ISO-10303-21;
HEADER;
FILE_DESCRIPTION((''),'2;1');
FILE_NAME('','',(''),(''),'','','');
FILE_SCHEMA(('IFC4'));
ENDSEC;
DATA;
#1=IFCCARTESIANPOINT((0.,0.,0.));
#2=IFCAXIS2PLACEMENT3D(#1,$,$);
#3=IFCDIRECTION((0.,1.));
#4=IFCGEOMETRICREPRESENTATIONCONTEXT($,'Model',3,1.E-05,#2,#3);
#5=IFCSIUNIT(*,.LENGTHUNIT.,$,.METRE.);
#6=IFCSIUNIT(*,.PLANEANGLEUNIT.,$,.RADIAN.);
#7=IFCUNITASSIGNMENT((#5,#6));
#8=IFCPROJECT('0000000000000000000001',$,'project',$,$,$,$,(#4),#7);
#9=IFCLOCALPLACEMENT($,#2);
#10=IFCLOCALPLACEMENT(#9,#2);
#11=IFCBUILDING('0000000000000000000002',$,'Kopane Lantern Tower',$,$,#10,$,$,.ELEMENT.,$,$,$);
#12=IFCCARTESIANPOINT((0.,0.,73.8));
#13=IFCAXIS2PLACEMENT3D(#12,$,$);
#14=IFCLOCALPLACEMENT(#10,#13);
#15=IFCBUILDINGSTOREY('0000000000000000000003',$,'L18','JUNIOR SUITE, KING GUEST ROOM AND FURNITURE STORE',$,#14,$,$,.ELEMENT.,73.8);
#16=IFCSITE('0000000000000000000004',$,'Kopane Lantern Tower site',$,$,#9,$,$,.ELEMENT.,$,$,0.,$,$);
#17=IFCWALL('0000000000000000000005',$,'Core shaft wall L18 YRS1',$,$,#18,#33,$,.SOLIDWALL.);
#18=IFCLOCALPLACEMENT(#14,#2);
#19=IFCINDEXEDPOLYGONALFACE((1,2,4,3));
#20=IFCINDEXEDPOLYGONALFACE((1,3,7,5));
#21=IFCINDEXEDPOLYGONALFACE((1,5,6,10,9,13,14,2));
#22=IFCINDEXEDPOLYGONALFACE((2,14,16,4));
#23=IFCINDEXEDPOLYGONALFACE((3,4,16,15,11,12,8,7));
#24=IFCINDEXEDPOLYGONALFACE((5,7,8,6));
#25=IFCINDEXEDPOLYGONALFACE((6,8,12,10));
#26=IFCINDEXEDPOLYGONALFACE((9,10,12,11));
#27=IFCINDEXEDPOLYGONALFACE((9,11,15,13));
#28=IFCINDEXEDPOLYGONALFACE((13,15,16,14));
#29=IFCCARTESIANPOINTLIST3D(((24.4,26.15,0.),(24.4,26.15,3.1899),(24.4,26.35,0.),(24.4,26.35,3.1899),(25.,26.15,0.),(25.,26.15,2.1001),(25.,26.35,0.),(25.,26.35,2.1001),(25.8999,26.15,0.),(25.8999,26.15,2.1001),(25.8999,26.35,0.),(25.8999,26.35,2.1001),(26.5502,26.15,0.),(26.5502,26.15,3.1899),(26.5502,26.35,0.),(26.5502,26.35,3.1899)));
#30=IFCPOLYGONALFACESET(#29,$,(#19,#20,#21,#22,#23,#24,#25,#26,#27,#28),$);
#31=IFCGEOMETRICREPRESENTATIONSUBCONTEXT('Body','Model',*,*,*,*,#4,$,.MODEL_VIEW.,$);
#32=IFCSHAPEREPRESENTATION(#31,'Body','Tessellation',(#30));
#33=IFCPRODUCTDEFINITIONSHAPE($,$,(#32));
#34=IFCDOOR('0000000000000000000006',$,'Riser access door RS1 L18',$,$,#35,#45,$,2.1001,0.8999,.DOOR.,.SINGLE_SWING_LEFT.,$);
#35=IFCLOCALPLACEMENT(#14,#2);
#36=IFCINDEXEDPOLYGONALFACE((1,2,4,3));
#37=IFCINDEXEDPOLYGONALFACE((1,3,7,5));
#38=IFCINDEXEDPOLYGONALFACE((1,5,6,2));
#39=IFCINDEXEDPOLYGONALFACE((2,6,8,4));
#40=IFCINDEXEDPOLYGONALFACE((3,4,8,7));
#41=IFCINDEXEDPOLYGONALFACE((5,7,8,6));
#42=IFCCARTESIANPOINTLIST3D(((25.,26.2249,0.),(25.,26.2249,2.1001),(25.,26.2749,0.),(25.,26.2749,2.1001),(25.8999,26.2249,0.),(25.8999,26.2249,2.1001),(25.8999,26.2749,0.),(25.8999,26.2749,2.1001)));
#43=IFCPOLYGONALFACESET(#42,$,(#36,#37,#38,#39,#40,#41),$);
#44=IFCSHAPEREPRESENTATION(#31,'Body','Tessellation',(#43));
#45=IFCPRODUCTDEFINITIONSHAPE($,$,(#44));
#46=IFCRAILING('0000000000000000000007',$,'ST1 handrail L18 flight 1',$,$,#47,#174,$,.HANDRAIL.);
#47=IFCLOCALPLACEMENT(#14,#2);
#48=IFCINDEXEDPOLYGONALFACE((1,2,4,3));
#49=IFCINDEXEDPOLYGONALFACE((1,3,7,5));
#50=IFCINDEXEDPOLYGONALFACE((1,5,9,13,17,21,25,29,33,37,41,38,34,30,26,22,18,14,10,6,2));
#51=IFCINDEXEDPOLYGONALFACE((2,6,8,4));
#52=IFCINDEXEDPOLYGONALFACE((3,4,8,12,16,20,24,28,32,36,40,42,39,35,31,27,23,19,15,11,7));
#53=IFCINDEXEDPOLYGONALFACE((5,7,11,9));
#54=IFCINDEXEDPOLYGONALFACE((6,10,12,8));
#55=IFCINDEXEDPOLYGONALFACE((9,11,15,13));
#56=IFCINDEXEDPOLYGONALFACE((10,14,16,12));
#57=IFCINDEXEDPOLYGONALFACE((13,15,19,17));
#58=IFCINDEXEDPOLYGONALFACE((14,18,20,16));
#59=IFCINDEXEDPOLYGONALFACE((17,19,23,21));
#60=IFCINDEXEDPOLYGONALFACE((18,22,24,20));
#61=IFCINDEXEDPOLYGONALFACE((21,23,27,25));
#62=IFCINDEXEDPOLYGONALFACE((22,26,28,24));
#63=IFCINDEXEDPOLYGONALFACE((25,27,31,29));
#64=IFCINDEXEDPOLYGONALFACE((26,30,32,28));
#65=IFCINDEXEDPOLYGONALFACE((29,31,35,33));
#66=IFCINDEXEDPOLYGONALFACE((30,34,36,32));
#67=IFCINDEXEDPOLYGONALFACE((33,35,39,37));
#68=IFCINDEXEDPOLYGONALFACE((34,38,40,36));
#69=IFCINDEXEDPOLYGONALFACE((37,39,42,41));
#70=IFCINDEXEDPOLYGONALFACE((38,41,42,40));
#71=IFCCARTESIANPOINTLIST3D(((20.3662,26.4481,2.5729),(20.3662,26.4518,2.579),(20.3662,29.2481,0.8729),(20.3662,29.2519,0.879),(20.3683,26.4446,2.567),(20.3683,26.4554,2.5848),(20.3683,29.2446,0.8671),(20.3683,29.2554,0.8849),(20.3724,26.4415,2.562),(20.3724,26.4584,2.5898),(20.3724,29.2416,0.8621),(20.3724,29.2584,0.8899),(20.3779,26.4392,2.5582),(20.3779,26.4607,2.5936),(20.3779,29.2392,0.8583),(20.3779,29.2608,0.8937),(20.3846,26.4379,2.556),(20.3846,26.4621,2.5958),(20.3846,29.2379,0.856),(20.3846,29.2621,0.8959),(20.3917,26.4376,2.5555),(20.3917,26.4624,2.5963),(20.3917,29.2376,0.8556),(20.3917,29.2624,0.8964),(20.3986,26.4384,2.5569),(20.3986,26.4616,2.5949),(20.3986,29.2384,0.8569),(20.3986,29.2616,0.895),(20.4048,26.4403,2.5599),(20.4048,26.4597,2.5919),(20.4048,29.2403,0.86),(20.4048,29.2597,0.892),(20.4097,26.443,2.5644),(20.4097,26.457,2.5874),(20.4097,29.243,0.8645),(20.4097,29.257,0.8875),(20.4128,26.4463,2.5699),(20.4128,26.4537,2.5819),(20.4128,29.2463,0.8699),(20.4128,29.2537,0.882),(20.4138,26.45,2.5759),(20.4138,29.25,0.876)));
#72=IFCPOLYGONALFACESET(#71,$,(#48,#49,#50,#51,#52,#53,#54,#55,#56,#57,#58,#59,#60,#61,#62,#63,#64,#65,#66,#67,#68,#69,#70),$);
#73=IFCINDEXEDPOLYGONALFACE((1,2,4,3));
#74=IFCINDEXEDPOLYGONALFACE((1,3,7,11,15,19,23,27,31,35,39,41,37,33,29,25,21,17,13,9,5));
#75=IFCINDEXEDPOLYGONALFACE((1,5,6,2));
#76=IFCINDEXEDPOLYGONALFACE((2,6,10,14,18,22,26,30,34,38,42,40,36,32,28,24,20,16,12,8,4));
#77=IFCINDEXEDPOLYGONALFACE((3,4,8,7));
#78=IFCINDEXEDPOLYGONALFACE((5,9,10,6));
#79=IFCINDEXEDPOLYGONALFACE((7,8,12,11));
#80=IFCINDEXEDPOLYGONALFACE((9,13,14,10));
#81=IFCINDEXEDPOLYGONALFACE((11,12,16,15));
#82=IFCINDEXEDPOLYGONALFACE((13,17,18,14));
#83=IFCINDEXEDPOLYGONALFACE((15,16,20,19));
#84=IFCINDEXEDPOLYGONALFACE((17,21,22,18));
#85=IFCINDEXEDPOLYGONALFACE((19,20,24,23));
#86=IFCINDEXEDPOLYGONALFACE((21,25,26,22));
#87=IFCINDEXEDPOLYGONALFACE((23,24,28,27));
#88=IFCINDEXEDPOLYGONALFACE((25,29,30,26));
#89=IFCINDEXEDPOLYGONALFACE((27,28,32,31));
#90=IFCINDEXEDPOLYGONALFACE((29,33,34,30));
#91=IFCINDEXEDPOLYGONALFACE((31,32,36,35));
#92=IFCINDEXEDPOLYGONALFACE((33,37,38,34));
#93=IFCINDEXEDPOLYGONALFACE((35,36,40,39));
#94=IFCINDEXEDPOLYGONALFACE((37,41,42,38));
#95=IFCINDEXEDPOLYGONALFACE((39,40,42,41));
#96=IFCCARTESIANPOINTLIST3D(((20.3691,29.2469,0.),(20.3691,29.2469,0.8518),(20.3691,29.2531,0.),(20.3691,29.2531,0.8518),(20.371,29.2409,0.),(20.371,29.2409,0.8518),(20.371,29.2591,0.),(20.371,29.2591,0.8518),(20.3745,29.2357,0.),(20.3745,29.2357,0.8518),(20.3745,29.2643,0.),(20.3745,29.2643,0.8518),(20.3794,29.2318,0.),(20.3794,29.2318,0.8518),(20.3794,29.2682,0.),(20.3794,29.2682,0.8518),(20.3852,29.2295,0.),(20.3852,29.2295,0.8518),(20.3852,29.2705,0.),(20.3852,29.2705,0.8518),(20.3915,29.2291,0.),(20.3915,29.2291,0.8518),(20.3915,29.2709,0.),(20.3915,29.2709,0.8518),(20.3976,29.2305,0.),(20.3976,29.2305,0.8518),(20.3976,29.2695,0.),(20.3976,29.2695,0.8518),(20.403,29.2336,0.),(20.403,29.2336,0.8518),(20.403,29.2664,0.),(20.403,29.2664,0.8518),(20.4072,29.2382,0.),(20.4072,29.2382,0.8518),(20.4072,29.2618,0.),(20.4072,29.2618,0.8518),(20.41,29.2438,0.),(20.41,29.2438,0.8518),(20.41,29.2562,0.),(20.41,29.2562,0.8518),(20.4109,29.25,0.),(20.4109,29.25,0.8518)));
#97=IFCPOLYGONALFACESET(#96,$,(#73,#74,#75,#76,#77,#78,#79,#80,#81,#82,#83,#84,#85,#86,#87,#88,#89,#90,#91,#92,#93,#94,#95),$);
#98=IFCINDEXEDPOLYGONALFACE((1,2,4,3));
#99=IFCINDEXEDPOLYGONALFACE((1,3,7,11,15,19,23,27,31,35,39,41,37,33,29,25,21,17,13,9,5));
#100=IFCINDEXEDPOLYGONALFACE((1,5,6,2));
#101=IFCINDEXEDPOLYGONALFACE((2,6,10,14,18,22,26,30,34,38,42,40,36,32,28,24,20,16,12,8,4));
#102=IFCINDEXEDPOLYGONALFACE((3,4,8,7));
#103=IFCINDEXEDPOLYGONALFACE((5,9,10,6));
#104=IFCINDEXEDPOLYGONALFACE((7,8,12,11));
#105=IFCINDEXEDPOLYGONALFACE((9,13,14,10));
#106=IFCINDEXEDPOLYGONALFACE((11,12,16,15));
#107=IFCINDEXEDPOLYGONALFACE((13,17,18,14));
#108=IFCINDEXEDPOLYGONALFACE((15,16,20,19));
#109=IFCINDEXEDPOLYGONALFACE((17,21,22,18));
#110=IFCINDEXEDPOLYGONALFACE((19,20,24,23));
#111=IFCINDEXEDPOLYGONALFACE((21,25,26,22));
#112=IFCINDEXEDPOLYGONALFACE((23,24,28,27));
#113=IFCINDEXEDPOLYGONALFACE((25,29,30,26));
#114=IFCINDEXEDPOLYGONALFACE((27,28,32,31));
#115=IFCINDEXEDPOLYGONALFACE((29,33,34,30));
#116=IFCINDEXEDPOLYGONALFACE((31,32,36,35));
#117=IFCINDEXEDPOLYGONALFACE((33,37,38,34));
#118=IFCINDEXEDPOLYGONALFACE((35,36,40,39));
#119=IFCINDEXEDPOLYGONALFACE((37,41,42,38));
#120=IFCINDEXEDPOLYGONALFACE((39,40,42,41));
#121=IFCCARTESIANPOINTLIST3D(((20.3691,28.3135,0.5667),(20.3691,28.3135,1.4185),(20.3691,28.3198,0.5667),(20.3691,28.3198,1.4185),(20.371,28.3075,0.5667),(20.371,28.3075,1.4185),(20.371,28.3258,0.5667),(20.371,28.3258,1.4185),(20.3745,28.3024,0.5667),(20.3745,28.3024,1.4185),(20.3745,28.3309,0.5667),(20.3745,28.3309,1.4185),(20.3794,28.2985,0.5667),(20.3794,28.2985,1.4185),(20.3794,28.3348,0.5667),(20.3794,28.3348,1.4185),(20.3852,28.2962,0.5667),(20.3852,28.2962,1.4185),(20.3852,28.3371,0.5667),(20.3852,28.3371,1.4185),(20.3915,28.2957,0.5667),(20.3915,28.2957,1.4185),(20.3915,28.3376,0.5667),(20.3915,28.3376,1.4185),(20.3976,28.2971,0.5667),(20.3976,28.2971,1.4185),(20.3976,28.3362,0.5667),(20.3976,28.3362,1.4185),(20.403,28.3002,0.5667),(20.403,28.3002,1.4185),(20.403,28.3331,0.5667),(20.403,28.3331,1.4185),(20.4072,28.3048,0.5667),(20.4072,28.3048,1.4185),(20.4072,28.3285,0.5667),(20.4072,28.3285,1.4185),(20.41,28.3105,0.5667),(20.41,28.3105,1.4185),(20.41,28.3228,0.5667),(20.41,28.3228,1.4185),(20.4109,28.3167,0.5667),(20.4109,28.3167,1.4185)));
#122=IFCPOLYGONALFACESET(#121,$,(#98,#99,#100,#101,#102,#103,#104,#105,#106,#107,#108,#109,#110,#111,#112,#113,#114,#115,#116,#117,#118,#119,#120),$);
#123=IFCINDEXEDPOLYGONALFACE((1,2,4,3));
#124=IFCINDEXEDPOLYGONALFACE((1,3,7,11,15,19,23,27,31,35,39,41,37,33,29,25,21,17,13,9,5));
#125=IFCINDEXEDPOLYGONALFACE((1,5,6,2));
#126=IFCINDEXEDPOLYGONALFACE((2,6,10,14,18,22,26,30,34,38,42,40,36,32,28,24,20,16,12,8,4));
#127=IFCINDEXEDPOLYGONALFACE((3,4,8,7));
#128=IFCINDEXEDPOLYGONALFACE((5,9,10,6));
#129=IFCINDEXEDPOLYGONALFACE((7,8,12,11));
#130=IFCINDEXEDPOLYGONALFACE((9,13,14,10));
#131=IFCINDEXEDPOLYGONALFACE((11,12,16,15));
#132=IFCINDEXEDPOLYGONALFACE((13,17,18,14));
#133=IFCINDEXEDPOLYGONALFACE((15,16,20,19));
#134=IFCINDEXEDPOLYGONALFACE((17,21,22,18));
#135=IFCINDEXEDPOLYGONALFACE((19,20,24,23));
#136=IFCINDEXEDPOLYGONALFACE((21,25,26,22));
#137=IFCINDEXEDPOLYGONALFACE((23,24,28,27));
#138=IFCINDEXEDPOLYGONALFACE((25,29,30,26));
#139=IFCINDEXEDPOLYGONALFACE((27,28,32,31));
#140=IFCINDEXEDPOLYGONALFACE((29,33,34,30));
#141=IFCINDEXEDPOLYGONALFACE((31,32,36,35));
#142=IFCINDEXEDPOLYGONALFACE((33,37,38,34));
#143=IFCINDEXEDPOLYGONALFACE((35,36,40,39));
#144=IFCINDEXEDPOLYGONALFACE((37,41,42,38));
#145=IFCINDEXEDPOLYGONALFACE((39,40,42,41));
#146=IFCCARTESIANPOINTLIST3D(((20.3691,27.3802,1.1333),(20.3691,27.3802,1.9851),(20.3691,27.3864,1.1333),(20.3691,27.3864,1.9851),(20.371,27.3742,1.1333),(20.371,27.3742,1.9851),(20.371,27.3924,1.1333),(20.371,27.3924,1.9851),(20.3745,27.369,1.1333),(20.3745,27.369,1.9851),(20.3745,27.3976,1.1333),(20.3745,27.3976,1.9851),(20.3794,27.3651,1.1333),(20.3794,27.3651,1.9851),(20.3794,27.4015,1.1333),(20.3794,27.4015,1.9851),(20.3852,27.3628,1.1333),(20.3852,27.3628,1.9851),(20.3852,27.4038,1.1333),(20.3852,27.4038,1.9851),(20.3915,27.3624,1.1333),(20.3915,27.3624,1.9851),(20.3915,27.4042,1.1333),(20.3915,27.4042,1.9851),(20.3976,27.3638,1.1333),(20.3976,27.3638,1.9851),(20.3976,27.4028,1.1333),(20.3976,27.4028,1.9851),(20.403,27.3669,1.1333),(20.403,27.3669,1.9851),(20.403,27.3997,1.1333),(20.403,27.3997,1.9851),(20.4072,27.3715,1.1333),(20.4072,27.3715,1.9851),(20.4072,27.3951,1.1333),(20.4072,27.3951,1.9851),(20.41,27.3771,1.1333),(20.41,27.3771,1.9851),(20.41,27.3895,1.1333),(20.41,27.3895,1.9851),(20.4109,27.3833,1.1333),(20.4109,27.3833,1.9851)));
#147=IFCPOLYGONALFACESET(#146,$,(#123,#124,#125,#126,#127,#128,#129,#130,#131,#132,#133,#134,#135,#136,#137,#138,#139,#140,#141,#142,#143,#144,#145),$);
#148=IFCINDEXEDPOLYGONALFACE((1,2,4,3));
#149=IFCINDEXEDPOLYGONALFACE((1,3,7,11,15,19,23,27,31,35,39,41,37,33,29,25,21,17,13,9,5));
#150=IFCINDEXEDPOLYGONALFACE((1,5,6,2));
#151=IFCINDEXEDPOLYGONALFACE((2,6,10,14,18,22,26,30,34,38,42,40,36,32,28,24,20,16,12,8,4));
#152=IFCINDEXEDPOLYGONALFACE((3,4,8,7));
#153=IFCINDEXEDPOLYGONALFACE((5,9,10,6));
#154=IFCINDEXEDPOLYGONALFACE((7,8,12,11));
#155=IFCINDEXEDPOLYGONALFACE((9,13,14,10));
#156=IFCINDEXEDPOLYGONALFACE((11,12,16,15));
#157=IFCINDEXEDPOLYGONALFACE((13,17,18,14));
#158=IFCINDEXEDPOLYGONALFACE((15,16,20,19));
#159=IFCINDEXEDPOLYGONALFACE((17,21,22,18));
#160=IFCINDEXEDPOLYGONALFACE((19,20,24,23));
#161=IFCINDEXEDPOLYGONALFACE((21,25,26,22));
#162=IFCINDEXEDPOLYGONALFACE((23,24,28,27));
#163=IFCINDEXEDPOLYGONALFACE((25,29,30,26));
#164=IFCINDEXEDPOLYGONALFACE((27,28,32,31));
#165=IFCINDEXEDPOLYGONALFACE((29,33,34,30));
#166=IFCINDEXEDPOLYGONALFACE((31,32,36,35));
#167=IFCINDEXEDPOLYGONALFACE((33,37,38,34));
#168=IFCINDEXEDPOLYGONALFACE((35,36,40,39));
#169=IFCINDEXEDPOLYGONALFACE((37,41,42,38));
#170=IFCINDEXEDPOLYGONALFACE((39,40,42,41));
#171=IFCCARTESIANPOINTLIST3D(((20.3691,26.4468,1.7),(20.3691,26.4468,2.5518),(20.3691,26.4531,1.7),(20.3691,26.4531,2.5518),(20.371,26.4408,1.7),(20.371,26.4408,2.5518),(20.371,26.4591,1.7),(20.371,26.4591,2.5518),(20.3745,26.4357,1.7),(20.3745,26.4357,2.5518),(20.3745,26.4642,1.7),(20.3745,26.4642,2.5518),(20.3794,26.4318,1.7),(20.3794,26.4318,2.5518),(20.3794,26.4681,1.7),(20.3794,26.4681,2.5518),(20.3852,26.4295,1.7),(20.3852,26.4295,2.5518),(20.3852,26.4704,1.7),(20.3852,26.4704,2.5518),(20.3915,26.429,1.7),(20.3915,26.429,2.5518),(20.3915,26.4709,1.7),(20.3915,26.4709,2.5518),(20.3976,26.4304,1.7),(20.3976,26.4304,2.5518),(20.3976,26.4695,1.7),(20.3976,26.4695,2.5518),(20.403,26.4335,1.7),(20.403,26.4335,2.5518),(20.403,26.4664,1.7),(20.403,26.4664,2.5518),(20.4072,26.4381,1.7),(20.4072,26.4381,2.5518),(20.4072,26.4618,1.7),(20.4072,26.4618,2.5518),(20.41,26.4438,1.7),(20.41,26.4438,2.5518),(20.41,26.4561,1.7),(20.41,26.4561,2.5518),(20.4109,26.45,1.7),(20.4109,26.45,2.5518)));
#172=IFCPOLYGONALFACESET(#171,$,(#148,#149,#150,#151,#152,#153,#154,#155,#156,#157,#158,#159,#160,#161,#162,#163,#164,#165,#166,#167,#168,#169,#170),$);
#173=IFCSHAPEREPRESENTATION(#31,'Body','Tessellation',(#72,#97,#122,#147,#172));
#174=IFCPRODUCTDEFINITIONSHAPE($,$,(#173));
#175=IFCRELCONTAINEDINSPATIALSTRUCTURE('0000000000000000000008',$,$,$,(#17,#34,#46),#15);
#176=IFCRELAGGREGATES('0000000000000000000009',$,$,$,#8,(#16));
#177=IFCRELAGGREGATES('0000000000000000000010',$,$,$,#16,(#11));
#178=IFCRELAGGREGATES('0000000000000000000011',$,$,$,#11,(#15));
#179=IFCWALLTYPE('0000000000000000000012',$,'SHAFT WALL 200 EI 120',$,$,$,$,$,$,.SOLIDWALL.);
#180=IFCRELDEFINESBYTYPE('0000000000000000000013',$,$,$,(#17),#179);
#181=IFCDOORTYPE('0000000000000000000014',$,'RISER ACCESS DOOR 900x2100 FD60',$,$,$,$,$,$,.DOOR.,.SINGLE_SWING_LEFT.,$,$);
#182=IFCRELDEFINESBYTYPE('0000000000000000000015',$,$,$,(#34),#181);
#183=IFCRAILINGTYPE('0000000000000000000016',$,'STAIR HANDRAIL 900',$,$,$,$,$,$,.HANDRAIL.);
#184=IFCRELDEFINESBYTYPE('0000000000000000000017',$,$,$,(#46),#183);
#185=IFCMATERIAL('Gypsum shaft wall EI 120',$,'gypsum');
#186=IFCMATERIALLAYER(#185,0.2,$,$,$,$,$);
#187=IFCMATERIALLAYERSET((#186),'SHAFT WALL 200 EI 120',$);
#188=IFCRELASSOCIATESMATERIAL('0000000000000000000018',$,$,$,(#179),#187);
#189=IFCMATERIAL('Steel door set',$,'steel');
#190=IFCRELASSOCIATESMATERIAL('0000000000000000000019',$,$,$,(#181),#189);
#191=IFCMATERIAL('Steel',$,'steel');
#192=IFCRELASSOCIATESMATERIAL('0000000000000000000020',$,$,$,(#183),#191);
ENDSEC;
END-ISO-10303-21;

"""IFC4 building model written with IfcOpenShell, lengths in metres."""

from ifc_helpers import new_model, si_unit, direction, frame, frame_2d, origin, origin_2d, place, context, subcontext, project, spatial, rectangle, circle, extrude, material, layer, layer_set, type_object, element, fill, save


model = new_model("IFC4")

# Units and contexts
model_context = context("Model", 3, precision=1e-05, world=origin(), true_north=direction((0.0, 1.0)))
body_context = subcontext(model_context, "Body", "Model", "MODEL_VIEW")
ifc_project = project(units=[si_unit("LENGTHUNIT", "METRE"), si_unit("PLANEANGLEUNIT", "RADIAN")], contexts=[model_context])

# Site, building, storey
site_placement = place(None, origin())
site = spatial("IfcSite", under=ifc_project, at=site_placement, Name="Kopane Lantern Tower site", CompositionType="ELEMENT", RefElevation=0.0)
building_placement = place(site_placement, origin())
building = spatial("IfcBuilding", under=site, at=building_placement, Name="Kopane Lantern Tower", CompositionType="ELEMENT")
storey_placement = place(building_placement, frame((0.0, 0.0, 73.8)))
storey = spatial("IfcBuildingStorey", under=building, at=storey_placement, Name="L18", Description="JUNIOR SUITE, KING GUEST ROOM AND FURNITURE STORE", CompositionType="ELEMENT", Elevation=73.8)

# Shared definitions
ifc_material_1 = material(Name="Gypsum shaft wall EI 120", Category="gypsum")
ifc_layer_1 = layer(ifc_material_1, 0.2)
ifc_layer_set_1 = layer_set([ifc_layer_1], Name="SHAFT WALL 200 EI 120")
wall_type_1 = type_object("IfcWallType", Name="SHAFT WALL 200 EI 120", PredefinedType="SOLIDWALL", material=ifc_layer_set_1)

# Wall, opening, door
wall_1_placement = place(storey_placement, frame((24.3999, 26.25, 0.0), z_axis=(0.0, 0.0, 1.0), x_axis=(1.0, 0.0, 0.0)))
wall_1 = element("IfcWall", 1, at=wall_1_placement, inside=storey, type_object=wall_type_1, Name="Core shaft wall L18 YRS1", PredefinedType="SOLIDWALL", context=body_context, shape_type="SweptSolid", body=[
    extrude(rectangle(XDim=2.1501, YDim=0.2, at=frame_2d((1.0752, 0.0))), origin(), (0.0, 0.0, 1.0), 3.1899),
])
opening_1_placement = place(wall_1_placement, frame((0.6001, 0.0, 0.0)))
opening_1 = element("IfcOpeningElement", 2, at=opening_1_placement, cuts=wall_1, PredefinedType="OPENING", context=body_context, shape_type="SweptSolid", body=[
    extrude(rectangle(XDim=0.8999, YDim=2.1001, at=frame_2d((0.45, 1.05))), frame((0.0, 0.1099, 0.0), z_axis=(0.0, -1.0, 0.0), x_axis=(1.0, 0.0, 0.0)), (0.0, 0.0, 1.0), 0.22),
])
ifc_material_2 = material(Name="Steel door set", Category="steel")
door_type_1 = type_object("IfcDoorType", Name="RISER ACCESS DOOR 900x2100 FD60", OperationType="SINGLE_SWING_LEFT", PredefinedType="DOOR", material=ifc_material_2)
door_1_placement = place(opening_1_placement, origin())
door_1 = element("IfcDoor", 3, at=door_1_placement, inside=storey, type_object=door_type_1, Name="Riser access door RS1 L18", OperationType="SINGLE_SWING_LEFT", OverallHeight=2.1001, OverallWidth=0.8999, PredefinedType="DOOR", context=body_context, shape_type="SweptSolid", body=[
    extrude(rectangle(XDim=0.8999, YDim=2.1001, at=frame_2d((0.45, 1.05))), frame((0.0, 0.0249, 0.0), z_axis=(0.0, -1.0, 0.0), x_axis=(1.0, 0.0, 0.0)), (0.0, 0.0, 1.0), 0.05),
])
fill(opening_1, door_1)

# Railing
ifc_material_3 = material(Name="Steel", Category="steel")
railing_type_1 = type_object("IfcRailingType", Name="STAIR HANDRAIL 900", PredefinedType="HANDRAIL", material=ifc_material_3)
for number, where, name in (
    (4, (20.3899, 29.25, 0.0), "ST1 handrail L18 flight 1"),
):
    element("IfcRailing", number, at=place(storey_placement, frame(where)), inside=storey, type_object=railing_type_1, Name=name, PredefinedType="HANDRAIL", context=body_context, shape_type="SweptSolid", body=[
        extrude(circle(Radius=0.0239, at=origin_2d()), frame((0.0, 0.0, 0.876), z_axis=(0.0, -0.854798, 0.518961), x_axis=(1.0, 0.0, 0.0)), (0.0, 0.0, 1.0), 3.2756),
        extrude(circle(Radius=0.021, at=origin_2d()), origin(), (0.0, 0.0, 1.0), 0.8518),
        extrude(circle(Radius=0.021, at=origin_2d()), frame((0.0, -0.9333, 0.5667)), (0.0, 0.0, 1.0), 0.8518),
        extrude(circle(Radius=0.021, at=origin_2d()), frame((0.0, -1.8667, 1.1333)), (0.0, 0.0, 1.0), 0.8518),
        extrude(circle(Radius=0.021, at=origin_2d()), frame((0.0, -2.8, 1.7)), (0.0, 0.0, 1.0), 0.8518),
    ])

save(model, "model.ifc")
